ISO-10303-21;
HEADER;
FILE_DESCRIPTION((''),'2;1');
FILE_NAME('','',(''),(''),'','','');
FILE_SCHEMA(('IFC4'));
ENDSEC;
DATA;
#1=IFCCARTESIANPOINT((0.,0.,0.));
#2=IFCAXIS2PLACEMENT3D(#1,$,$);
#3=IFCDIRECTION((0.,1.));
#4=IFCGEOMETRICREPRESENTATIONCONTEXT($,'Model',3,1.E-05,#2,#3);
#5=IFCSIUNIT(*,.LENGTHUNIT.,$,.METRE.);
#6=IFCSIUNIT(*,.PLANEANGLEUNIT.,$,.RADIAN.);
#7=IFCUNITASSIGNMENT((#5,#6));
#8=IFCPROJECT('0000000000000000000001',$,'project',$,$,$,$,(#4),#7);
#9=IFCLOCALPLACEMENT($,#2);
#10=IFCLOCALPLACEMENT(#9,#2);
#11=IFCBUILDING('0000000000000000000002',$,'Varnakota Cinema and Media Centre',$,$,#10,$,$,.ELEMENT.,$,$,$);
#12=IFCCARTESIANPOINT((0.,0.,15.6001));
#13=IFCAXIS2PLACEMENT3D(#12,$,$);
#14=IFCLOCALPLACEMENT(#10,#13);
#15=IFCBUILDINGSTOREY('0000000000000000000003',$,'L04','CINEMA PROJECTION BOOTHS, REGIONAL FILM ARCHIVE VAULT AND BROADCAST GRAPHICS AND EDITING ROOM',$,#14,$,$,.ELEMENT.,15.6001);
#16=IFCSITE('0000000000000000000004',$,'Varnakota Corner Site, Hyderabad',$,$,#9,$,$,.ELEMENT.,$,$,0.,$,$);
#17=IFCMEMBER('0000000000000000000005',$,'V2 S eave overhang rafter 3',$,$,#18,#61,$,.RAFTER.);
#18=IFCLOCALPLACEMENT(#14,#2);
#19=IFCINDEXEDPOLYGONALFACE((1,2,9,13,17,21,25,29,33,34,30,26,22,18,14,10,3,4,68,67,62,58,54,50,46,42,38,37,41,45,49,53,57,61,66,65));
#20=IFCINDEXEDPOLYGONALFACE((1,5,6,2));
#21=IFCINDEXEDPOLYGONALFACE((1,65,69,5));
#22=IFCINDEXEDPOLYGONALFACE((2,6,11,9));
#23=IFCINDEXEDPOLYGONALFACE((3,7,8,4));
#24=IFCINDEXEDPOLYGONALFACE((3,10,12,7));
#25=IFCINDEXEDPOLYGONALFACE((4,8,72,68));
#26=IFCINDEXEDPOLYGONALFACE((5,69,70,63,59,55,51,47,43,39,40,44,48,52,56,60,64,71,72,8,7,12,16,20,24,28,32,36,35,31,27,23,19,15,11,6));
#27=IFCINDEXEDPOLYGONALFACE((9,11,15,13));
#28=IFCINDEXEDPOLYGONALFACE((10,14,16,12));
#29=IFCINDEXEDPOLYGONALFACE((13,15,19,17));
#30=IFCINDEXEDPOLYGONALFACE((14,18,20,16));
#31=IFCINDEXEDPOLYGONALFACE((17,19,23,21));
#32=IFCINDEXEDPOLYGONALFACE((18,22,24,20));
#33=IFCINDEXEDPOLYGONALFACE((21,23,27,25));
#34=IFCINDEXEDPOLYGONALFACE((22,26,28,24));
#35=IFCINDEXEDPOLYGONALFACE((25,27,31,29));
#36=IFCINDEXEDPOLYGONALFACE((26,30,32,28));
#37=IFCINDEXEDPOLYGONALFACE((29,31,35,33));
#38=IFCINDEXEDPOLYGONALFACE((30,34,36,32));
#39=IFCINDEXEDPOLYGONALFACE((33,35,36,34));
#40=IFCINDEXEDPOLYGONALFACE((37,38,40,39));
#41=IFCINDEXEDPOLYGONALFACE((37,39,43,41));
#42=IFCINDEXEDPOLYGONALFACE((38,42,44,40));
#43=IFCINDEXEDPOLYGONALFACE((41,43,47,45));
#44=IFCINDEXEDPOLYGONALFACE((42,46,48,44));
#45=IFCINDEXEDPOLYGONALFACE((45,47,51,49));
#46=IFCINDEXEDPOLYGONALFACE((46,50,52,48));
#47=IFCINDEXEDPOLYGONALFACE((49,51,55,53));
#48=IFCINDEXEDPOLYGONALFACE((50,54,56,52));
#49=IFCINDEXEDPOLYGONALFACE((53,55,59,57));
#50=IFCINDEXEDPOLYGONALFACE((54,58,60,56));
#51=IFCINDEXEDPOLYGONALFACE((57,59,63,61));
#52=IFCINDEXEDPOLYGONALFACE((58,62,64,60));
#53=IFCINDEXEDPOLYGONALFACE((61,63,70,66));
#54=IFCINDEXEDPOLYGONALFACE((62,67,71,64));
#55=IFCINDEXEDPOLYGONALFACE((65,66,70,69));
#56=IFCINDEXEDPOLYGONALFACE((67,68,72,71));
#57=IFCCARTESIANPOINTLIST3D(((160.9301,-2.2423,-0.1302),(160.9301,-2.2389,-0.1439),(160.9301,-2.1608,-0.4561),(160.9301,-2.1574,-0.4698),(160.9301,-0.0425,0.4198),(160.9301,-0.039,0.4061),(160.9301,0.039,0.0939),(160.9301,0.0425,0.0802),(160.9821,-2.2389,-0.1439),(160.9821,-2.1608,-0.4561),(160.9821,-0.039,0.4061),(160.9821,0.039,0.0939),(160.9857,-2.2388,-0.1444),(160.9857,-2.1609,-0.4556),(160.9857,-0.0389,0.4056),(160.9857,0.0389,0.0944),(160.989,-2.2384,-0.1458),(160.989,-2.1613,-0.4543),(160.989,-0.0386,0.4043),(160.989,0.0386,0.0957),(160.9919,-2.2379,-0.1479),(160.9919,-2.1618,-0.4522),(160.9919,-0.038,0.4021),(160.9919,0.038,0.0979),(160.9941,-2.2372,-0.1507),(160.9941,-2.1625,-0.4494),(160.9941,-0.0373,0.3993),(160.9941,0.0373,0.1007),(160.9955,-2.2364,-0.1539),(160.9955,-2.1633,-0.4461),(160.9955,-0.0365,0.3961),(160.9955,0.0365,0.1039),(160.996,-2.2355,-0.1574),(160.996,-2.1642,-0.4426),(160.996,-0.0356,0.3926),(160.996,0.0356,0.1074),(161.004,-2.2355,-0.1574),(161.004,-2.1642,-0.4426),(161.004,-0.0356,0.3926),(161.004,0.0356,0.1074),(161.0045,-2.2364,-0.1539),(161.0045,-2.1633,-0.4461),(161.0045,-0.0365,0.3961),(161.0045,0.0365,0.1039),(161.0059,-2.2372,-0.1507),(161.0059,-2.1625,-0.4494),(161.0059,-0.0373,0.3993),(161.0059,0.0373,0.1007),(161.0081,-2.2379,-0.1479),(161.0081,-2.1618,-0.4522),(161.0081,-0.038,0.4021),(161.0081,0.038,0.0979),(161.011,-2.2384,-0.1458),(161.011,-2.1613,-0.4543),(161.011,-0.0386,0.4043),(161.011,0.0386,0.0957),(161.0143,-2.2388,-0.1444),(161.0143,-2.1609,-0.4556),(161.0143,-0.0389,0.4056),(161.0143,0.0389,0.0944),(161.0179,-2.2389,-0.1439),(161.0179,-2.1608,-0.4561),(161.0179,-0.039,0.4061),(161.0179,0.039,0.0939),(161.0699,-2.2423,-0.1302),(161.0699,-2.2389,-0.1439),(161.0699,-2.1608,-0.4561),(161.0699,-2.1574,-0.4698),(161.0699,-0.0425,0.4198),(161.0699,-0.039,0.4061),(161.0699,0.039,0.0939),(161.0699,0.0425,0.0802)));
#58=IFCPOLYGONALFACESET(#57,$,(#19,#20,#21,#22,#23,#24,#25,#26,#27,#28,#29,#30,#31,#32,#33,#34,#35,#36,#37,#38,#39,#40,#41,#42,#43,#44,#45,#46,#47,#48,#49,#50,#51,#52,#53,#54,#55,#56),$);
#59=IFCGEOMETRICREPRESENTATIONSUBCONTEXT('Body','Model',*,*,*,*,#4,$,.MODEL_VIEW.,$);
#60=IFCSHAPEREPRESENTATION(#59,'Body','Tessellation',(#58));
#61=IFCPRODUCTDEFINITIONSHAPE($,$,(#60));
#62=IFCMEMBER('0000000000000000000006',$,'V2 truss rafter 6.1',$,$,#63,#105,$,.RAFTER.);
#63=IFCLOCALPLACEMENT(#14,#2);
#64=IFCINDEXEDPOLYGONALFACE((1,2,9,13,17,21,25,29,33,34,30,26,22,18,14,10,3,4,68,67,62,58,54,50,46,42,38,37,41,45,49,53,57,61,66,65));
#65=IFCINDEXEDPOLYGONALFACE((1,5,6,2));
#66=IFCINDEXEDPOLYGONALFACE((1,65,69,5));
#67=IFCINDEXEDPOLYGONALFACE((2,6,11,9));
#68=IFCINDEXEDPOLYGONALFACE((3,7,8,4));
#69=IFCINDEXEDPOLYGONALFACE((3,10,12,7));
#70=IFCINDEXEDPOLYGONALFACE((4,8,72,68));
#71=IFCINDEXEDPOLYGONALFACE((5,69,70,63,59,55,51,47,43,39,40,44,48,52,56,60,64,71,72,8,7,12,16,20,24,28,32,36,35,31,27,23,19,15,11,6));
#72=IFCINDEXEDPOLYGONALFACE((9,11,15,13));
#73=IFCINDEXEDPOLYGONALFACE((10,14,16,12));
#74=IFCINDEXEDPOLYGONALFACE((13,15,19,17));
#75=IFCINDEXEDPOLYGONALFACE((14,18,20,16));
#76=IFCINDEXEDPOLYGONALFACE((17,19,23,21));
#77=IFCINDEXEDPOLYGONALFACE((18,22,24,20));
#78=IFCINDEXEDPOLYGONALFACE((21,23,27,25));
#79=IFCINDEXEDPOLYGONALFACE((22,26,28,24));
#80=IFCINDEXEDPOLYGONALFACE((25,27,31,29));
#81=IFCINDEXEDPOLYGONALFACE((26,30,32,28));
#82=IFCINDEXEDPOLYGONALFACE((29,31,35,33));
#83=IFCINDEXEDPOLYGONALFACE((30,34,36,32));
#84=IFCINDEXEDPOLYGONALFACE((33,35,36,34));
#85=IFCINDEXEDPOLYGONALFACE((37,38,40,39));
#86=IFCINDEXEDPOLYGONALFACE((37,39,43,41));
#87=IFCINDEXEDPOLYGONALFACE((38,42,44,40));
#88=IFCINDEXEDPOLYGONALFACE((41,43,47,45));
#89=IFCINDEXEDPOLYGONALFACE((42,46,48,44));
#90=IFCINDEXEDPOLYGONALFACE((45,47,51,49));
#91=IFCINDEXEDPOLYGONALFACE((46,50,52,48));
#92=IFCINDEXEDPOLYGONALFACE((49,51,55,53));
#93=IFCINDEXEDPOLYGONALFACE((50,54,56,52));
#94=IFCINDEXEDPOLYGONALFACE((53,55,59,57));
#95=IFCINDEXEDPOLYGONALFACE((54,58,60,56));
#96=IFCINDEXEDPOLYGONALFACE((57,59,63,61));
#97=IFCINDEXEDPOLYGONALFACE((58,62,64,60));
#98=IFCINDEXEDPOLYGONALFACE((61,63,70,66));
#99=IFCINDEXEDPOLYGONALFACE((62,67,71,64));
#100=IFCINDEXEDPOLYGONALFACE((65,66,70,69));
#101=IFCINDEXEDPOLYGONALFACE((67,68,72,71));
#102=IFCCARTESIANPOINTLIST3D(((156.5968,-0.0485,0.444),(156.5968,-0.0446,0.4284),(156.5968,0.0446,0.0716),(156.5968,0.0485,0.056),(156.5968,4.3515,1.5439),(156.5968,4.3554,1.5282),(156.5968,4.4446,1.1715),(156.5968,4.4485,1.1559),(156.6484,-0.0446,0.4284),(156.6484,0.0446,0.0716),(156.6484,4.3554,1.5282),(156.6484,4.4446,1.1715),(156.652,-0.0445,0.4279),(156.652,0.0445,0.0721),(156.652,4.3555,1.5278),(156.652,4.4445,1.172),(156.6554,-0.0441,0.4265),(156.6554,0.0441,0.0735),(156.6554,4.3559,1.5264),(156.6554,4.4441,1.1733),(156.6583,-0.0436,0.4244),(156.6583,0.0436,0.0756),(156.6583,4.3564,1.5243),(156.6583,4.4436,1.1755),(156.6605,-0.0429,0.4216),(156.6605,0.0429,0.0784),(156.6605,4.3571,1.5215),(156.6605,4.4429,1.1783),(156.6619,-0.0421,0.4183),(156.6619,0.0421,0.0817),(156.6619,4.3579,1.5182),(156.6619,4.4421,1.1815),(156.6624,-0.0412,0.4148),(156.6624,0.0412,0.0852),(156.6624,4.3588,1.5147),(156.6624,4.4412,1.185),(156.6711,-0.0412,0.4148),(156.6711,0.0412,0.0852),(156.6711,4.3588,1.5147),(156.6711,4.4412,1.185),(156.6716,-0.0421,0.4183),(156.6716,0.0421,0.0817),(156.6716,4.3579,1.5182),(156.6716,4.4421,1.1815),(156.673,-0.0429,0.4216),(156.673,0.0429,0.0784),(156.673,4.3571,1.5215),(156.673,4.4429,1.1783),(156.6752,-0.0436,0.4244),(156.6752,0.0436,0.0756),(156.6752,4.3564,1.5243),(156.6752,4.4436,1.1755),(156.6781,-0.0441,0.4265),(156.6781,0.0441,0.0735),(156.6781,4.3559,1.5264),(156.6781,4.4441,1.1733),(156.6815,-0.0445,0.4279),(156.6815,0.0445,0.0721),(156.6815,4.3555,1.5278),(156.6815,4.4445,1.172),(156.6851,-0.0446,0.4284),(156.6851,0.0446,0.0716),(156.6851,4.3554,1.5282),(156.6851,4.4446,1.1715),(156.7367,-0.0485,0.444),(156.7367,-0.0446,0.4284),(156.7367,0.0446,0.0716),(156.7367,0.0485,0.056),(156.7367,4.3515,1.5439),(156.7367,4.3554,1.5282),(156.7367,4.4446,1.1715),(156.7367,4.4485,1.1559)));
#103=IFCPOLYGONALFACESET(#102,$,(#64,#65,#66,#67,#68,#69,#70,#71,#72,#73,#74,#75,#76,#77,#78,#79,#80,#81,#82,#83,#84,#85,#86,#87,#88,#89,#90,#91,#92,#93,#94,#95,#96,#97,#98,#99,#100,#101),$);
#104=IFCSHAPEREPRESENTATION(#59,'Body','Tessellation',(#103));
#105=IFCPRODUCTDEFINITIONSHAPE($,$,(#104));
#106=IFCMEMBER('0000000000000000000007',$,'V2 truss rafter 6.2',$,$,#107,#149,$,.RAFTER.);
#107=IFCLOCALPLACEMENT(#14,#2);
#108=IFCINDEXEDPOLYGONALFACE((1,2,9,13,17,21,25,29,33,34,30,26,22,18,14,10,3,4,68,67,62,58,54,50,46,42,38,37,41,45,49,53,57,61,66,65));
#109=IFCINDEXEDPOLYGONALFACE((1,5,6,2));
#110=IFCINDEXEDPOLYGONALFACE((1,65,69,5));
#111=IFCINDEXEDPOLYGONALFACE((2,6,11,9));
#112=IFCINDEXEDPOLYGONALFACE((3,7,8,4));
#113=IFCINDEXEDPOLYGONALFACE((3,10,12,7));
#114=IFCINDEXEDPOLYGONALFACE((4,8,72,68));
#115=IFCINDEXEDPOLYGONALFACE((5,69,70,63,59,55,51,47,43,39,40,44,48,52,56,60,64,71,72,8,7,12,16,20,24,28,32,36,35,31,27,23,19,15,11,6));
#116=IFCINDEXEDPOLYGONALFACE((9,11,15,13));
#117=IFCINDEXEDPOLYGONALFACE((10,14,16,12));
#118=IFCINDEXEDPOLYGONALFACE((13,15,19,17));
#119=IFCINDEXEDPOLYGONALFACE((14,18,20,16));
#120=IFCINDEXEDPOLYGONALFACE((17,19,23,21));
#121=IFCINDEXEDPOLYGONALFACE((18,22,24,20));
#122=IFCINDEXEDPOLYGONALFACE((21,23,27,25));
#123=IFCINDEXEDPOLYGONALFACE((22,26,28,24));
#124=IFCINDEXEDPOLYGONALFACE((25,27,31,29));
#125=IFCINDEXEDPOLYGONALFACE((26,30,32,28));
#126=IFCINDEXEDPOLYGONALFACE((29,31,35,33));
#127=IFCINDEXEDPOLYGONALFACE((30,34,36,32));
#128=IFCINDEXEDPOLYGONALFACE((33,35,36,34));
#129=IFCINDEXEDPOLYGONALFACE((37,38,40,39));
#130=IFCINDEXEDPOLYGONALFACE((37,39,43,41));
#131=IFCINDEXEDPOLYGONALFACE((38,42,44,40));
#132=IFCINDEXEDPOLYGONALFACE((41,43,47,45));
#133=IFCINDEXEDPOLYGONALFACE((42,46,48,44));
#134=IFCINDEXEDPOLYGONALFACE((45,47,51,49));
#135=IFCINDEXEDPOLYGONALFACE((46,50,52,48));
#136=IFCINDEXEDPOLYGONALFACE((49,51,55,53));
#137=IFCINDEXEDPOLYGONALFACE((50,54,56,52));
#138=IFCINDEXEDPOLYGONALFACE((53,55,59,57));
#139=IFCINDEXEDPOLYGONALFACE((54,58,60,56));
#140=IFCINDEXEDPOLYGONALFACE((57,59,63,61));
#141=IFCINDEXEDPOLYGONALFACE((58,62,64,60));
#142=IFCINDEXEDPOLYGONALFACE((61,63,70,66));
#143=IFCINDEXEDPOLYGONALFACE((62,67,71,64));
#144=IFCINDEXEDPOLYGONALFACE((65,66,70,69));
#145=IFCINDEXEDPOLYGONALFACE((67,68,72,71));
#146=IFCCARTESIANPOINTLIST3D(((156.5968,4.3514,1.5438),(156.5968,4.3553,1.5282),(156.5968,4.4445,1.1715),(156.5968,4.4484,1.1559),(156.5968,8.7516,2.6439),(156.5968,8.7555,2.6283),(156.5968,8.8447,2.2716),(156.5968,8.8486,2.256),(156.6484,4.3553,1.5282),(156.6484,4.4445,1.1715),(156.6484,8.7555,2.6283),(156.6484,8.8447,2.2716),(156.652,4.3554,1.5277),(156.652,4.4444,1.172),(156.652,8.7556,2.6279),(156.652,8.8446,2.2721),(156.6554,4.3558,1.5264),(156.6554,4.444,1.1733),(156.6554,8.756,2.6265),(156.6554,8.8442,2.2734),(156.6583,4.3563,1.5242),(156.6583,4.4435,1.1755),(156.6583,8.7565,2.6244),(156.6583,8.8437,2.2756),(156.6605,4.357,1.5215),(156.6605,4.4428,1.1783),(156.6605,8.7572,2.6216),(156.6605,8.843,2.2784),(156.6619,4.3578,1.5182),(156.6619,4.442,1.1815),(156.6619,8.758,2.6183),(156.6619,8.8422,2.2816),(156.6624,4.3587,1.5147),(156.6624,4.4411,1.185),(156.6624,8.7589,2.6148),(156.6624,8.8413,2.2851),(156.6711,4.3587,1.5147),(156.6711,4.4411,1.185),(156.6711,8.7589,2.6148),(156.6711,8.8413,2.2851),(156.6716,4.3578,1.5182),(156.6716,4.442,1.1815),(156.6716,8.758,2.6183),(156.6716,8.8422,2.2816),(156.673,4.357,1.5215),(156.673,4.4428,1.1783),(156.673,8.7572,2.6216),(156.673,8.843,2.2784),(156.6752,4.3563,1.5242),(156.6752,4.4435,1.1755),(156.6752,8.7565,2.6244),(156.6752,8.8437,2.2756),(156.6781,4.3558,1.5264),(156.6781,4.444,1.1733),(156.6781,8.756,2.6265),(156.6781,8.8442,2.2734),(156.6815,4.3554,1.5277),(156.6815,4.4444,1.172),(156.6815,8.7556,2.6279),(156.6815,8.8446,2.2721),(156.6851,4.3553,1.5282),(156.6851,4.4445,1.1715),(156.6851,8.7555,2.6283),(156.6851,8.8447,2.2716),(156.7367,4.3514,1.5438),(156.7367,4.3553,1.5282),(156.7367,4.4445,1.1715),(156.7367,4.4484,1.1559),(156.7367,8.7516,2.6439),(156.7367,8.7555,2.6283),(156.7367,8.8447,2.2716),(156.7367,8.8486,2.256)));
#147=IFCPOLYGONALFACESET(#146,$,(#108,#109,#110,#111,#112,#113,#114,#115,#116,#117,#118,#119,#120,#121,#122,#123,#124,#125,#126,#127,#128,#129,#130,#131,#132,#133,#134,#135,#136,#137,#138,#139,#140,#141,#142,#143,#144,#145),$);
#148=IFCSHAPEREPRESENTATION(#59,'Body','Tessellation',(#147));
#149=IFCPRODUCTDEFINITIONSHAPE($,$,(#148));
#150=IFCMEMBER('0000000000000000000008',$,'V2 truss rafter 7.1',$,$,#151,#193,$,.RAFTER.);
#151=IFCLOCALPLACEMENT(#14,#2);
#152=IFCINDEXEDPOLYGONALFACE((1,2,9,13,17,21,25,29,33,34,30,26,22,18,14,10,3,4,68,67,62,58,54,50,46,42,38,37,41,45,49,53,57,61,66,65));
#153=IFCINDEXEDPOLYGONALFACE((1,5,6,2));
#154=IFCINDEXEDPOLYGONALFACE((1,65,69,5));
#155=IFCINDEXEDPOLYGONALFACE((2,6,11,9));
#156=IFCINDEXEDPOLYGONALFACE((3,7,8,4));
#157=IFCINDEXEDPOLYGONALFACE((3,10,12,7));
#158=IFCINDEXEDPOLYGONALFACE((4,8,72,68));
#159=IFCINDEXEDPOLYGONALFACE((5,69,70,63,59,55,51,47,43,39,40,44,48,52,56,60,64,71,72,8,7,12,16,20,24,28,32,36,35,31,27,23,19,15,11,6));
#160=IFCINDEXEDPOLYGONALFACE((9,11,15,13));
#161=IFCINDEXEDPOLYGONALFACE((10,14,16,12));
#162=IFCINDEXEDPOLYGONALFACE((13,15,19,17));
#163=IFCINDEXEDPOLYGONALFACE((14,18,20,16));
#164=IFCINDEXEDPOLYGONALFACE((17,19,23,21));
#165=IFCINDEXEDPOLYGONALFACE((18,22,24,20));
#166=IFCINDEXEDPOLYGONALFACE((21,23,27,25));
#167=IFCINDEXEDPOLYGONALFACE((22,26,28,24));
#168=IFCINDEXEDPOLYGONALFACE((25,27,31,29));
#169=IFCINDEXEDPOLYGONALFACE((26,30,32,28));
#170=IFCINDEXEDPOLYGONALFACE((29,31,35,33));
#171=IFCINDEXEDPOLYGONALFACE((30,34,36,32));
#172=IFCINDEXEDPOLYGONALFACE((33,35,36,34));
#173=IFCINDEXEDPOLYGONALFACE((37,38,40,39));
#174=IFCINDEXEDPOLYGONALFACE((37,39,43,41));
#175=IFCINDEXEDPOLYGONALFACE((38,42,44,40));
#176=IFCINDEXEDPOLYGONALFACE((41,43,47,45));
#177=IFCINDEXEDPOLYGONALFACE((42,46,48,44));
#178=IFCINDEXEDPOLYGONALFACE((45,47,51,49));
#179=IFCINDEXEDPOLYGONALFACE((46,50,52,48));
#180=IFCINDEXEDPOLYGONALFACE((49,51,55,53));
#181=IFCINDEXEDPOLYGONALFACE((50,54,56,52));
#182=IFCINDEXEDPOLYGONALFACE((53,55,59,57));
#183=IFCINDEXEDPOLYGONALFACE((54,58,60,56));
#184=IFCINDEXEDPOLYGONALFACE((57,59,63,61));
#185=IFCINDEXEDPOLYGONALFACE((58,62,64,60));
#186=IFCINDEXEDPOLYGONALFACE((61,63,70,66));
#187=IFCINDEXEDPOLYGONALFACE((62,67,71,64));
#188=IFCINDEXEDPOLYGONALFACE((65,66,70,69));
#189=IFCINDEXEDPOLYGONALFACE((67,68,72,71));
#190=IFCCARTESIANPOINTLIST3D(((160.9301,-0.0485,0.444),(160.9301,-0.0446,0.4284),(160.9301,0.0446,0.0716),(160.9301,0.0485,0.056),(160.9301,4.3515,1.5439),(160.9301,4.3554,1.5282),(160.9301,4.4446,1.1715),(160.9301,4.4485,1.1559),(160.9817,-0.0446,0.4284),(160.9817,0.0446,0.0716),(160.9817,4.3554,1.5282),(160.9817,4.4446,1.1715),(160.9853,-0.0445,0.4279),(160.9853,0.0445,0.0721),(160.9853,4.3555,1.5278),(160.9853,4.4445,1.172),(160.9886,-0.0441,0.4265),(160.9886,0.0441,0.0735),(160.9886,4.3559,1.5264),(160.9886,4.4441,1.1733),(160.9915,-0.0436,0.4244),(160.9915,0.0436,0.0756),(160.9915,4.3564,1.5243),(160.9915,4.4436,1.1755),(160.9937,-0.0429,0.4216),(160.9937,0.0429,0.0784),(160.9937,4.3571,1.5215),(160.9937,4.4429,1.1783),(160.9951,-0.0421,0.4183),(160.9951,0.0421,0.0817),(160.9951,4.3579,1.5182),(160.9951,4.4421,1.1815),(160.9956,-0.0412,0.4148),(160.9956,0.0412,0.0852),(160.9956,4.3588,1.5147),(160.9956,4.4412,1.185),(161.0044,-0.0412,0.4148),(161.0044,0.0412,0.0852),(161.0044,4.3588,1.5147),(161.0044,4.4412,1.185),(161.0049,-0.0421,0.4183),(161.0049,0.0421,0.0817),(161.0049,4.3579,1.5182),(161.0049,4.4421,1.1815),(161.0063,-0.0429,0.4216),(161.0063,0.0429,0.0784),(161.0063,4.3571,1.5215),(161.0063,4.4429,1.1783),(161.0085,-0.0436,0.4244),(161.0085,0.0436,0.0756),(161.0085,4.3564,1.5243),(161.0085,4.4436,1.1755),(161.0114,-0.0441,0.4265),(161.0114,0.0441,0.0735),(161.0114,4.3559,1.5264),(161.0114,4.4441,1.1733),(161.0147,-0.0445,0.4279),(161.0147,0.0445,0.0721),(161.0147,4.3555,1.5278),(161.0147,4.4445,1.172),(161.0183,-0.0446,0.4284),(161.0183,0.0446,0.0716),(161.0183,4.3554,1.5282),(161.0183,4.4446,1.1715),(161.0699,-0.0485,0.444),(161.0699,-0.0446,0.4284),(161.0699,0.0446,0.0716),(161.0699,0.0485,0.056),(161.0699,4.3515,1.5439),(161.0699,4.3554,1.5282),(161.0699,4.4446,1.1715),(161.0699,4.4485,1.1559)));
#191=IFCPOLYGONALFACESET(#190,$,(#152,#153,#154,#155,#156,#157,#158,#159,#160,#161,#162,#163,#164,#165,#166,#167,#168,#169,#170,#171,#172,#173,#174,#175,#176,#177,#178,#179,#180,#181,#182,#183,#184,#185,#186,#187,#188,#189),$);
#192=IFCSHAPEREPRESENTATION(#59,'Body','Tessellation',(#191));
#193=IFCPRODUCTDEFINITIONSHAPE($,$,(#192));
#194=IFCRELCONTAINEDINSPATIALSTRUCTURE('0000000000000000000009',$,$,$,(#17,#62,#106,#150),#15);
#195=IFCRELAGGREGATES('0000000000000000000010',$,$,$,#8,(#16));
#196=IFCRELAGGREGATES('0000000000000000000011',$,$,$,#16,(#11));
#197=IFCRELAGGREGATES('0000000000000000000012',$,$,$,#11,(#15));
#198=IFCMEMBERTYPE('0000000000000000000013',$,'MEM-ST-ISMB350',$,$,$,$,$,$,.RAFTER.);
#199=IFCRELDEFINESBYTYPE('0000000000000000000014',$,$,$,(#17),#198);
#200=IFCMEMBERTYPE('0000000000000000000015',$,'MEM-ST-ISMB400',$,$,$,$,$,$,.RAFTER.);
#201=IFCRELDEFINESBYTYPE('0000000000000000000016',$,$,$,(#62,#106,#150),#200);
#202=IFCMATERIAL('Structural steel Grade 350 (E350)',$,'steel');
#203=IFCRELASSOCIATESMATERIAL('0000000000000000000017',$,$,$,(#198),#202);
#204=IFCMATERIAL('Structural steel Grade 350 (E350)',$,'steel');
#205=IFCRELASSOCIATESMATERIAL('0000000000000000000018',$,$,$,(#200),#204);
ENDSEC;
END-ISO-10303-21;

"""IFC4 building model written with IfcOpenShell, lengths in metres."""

from ifc_helpers import new_model, si_unit, direction, frame, origin, origin_2d, place, context, subcontext, project, spatial, i_section, extrude, material, material_profile, profile_set, type_object, element, save


model = new_model("IFC4")

# Units and contexts
model_context = context("Model", 3, precision=1e-05, world=origin(), true_north=direction((0.0, 1.0)))
body_context = subcontext(model_context, "Body", "Model", "MODEL_VIEW")
ifc_project = project(units=[si_unit("LENGTHUNIT", "METRE"), si_unit("PLANEANGLEUNIT", "RADIAN")], contexts=[model_context])

# Site, building, storey
site_placement = place(None, origin())
site = spatial("IfcSite", under=ifc_project, at=site_placement, Name="Varnakota Corner Site, Hyderabad", CompositionType="ELEMENT", RefElevation=0.0)
building_placement = place(site_placement, origin())
building = spatial("IfcBuilding", under=site, at=building_placement, Name="Varnakota Cinema and Media Centre", CompositionType="ELEMENT")
storey_placement = place(building_placement, frame((0.0, 0.0, 15.6001)))
storey = spatial("IfcBuildingStorey", under=building, at=storey_placement, Name="L04", Description="CINEMA PROJECTION BOOTHS, REGIONAL FILM ARCHIVE VAULT AND BROADCAST GRAPHICS AND EDITING ROOM", CompositionType="ELEMENT", Elevation=15.6001)

# Members
ifc_material_1 = material(Name="Structural steel Grade 350 (E350)", Category="steel")
ifc_material_profile_1 = material_profile(ifc_material_1, i_section(OverallWidth=0.1399, OverallDepth=0.3501, WebThickness=0.0081, FlangeThickness=0.0142, FilletRadius=0.0139, at=origin_2d()), Name="ISMB 350")
ifc_profile_set_1 = profile_set([ifc_material_profile_1], Name="Structural steel Grade 350 (E350)")
member_type_1 = type_object("IfcMemberType", Name="MEM-ST-ISMB350", PredefinedType="RAFTER", material=ifc_profile_set_1)
member_1_placement = place(storey_placement, frame((161.0, 0.0, 0.25), z_axis=(0.0, -0.970136, -0.242561), x_axis=(1.0, 0.0, 0.0)))
element("IfcMember", 1, at=member_1_placement, inside=storey, type_object=member_type_1, Name="V2 S eave overhang rafter 3", PredefinedType="RAFTER", context=body_context, shape_type="SweptSolid", body=[
    extrude(i_section(OverallWidth=0.1399, OverallDepth=0.3501, WebThickness=0.0081, FlangeThickness=0.0142, FilletRadius=0.0139, at=origin_2d()), origin(), (0.0, 0.0, 1.0), 2.2676),
])
ifc_material_2 = material(Name="Structural steel Grade 350 (E350)", Category="steel")
ifc_material_profile_2 = material_profile(ifc_material_2, i_section(OverallWidth=0.1399, OverallDepth=0.3999, WebThickness=0.0088, FlangeThickness=0.0161, FilletRadius=0.0139, at=origin_2d()), Name="ISMB 400")
ifc_profile_set_2 = profile_set([ifc_material_profile_2], Name="Structural steel Grade 350 (E350)")
member_type_2 = type_object("IfcMemberType", Name="MEM-ST-ISMB400", PredefinedType="RAFTER", material=ifc_profile_set_2)
member_2_placement = place(storey_placement, frame((156.6667, 0.0, 0.25), z_axis=(0.0, 0.970149, 0.24251), x_axis=(-1.0, 0.0, 0.0)))
element("IfcMember", 2, at=member_2_placement, inside=storey, type_object=member_type_2, Name="V2 truss rafter 6.1", PredefinedType="RAFTER", context=body_context, shape_type="SweptSolid", body=[
    extrude(i_section(OverallWidth=0.1399, OverallDepth=0.3999, WebThickness=0.0088, FlangeThickness=0.0161, FilletRadius=0.0139, at=origin_2d()), origin(), (0.0, 0.0, 1.0), 4.5354),
])
member_3_placement = place(storey_placement, frame((156.6667, 4.3999, 1.3499), z_axis=(0.0, 0.970139, 0.242548), x_axis=(-1.0, 0.0, 0.0)))
element("IfcMember", 3, at=member_3_placement, inside=storey, type_object=member_type_2, Name="V2 truss rafter 6.2", PredefinedType="RAFTER", context=body_context, shape_type="SweptSolid", body=[
    extrude(i_section(OverallWidth=0.1399, OverallDepth=0.3999, WebThickness=0.0088, FlangeThickness=0.0161, FilletRadius=0.0139, at=origin_2d()), origin(), (0.0, 0.0, 1.0), 4.5356),
])
member_4_placement = place(storey_placement, frame((161.0, 0.0, 0.25), z_axis=(0.0, 0.970149, 0.24251), x_axis=(-1.0, 0.0, 0.0)))
element("IfcMember", 4, at=member_4_placement, inside=storey, type_object=member_type_2, Name="V2 truss rafter 7.1", PredefinedType="RAFTER", context=body_context, shape_type="SweptSolid", body=[
    extrude(i_section(OverallWidth=0.1399, OverallDepth=0.3999, WebThickness=0.0088, FlangeThickness=0.0161, FilletRadius=0.0139, at=origin_2d()), origin(), (0.0, 0.0, 1.0), 4.5354),
])

save(model, "model.ifc")
